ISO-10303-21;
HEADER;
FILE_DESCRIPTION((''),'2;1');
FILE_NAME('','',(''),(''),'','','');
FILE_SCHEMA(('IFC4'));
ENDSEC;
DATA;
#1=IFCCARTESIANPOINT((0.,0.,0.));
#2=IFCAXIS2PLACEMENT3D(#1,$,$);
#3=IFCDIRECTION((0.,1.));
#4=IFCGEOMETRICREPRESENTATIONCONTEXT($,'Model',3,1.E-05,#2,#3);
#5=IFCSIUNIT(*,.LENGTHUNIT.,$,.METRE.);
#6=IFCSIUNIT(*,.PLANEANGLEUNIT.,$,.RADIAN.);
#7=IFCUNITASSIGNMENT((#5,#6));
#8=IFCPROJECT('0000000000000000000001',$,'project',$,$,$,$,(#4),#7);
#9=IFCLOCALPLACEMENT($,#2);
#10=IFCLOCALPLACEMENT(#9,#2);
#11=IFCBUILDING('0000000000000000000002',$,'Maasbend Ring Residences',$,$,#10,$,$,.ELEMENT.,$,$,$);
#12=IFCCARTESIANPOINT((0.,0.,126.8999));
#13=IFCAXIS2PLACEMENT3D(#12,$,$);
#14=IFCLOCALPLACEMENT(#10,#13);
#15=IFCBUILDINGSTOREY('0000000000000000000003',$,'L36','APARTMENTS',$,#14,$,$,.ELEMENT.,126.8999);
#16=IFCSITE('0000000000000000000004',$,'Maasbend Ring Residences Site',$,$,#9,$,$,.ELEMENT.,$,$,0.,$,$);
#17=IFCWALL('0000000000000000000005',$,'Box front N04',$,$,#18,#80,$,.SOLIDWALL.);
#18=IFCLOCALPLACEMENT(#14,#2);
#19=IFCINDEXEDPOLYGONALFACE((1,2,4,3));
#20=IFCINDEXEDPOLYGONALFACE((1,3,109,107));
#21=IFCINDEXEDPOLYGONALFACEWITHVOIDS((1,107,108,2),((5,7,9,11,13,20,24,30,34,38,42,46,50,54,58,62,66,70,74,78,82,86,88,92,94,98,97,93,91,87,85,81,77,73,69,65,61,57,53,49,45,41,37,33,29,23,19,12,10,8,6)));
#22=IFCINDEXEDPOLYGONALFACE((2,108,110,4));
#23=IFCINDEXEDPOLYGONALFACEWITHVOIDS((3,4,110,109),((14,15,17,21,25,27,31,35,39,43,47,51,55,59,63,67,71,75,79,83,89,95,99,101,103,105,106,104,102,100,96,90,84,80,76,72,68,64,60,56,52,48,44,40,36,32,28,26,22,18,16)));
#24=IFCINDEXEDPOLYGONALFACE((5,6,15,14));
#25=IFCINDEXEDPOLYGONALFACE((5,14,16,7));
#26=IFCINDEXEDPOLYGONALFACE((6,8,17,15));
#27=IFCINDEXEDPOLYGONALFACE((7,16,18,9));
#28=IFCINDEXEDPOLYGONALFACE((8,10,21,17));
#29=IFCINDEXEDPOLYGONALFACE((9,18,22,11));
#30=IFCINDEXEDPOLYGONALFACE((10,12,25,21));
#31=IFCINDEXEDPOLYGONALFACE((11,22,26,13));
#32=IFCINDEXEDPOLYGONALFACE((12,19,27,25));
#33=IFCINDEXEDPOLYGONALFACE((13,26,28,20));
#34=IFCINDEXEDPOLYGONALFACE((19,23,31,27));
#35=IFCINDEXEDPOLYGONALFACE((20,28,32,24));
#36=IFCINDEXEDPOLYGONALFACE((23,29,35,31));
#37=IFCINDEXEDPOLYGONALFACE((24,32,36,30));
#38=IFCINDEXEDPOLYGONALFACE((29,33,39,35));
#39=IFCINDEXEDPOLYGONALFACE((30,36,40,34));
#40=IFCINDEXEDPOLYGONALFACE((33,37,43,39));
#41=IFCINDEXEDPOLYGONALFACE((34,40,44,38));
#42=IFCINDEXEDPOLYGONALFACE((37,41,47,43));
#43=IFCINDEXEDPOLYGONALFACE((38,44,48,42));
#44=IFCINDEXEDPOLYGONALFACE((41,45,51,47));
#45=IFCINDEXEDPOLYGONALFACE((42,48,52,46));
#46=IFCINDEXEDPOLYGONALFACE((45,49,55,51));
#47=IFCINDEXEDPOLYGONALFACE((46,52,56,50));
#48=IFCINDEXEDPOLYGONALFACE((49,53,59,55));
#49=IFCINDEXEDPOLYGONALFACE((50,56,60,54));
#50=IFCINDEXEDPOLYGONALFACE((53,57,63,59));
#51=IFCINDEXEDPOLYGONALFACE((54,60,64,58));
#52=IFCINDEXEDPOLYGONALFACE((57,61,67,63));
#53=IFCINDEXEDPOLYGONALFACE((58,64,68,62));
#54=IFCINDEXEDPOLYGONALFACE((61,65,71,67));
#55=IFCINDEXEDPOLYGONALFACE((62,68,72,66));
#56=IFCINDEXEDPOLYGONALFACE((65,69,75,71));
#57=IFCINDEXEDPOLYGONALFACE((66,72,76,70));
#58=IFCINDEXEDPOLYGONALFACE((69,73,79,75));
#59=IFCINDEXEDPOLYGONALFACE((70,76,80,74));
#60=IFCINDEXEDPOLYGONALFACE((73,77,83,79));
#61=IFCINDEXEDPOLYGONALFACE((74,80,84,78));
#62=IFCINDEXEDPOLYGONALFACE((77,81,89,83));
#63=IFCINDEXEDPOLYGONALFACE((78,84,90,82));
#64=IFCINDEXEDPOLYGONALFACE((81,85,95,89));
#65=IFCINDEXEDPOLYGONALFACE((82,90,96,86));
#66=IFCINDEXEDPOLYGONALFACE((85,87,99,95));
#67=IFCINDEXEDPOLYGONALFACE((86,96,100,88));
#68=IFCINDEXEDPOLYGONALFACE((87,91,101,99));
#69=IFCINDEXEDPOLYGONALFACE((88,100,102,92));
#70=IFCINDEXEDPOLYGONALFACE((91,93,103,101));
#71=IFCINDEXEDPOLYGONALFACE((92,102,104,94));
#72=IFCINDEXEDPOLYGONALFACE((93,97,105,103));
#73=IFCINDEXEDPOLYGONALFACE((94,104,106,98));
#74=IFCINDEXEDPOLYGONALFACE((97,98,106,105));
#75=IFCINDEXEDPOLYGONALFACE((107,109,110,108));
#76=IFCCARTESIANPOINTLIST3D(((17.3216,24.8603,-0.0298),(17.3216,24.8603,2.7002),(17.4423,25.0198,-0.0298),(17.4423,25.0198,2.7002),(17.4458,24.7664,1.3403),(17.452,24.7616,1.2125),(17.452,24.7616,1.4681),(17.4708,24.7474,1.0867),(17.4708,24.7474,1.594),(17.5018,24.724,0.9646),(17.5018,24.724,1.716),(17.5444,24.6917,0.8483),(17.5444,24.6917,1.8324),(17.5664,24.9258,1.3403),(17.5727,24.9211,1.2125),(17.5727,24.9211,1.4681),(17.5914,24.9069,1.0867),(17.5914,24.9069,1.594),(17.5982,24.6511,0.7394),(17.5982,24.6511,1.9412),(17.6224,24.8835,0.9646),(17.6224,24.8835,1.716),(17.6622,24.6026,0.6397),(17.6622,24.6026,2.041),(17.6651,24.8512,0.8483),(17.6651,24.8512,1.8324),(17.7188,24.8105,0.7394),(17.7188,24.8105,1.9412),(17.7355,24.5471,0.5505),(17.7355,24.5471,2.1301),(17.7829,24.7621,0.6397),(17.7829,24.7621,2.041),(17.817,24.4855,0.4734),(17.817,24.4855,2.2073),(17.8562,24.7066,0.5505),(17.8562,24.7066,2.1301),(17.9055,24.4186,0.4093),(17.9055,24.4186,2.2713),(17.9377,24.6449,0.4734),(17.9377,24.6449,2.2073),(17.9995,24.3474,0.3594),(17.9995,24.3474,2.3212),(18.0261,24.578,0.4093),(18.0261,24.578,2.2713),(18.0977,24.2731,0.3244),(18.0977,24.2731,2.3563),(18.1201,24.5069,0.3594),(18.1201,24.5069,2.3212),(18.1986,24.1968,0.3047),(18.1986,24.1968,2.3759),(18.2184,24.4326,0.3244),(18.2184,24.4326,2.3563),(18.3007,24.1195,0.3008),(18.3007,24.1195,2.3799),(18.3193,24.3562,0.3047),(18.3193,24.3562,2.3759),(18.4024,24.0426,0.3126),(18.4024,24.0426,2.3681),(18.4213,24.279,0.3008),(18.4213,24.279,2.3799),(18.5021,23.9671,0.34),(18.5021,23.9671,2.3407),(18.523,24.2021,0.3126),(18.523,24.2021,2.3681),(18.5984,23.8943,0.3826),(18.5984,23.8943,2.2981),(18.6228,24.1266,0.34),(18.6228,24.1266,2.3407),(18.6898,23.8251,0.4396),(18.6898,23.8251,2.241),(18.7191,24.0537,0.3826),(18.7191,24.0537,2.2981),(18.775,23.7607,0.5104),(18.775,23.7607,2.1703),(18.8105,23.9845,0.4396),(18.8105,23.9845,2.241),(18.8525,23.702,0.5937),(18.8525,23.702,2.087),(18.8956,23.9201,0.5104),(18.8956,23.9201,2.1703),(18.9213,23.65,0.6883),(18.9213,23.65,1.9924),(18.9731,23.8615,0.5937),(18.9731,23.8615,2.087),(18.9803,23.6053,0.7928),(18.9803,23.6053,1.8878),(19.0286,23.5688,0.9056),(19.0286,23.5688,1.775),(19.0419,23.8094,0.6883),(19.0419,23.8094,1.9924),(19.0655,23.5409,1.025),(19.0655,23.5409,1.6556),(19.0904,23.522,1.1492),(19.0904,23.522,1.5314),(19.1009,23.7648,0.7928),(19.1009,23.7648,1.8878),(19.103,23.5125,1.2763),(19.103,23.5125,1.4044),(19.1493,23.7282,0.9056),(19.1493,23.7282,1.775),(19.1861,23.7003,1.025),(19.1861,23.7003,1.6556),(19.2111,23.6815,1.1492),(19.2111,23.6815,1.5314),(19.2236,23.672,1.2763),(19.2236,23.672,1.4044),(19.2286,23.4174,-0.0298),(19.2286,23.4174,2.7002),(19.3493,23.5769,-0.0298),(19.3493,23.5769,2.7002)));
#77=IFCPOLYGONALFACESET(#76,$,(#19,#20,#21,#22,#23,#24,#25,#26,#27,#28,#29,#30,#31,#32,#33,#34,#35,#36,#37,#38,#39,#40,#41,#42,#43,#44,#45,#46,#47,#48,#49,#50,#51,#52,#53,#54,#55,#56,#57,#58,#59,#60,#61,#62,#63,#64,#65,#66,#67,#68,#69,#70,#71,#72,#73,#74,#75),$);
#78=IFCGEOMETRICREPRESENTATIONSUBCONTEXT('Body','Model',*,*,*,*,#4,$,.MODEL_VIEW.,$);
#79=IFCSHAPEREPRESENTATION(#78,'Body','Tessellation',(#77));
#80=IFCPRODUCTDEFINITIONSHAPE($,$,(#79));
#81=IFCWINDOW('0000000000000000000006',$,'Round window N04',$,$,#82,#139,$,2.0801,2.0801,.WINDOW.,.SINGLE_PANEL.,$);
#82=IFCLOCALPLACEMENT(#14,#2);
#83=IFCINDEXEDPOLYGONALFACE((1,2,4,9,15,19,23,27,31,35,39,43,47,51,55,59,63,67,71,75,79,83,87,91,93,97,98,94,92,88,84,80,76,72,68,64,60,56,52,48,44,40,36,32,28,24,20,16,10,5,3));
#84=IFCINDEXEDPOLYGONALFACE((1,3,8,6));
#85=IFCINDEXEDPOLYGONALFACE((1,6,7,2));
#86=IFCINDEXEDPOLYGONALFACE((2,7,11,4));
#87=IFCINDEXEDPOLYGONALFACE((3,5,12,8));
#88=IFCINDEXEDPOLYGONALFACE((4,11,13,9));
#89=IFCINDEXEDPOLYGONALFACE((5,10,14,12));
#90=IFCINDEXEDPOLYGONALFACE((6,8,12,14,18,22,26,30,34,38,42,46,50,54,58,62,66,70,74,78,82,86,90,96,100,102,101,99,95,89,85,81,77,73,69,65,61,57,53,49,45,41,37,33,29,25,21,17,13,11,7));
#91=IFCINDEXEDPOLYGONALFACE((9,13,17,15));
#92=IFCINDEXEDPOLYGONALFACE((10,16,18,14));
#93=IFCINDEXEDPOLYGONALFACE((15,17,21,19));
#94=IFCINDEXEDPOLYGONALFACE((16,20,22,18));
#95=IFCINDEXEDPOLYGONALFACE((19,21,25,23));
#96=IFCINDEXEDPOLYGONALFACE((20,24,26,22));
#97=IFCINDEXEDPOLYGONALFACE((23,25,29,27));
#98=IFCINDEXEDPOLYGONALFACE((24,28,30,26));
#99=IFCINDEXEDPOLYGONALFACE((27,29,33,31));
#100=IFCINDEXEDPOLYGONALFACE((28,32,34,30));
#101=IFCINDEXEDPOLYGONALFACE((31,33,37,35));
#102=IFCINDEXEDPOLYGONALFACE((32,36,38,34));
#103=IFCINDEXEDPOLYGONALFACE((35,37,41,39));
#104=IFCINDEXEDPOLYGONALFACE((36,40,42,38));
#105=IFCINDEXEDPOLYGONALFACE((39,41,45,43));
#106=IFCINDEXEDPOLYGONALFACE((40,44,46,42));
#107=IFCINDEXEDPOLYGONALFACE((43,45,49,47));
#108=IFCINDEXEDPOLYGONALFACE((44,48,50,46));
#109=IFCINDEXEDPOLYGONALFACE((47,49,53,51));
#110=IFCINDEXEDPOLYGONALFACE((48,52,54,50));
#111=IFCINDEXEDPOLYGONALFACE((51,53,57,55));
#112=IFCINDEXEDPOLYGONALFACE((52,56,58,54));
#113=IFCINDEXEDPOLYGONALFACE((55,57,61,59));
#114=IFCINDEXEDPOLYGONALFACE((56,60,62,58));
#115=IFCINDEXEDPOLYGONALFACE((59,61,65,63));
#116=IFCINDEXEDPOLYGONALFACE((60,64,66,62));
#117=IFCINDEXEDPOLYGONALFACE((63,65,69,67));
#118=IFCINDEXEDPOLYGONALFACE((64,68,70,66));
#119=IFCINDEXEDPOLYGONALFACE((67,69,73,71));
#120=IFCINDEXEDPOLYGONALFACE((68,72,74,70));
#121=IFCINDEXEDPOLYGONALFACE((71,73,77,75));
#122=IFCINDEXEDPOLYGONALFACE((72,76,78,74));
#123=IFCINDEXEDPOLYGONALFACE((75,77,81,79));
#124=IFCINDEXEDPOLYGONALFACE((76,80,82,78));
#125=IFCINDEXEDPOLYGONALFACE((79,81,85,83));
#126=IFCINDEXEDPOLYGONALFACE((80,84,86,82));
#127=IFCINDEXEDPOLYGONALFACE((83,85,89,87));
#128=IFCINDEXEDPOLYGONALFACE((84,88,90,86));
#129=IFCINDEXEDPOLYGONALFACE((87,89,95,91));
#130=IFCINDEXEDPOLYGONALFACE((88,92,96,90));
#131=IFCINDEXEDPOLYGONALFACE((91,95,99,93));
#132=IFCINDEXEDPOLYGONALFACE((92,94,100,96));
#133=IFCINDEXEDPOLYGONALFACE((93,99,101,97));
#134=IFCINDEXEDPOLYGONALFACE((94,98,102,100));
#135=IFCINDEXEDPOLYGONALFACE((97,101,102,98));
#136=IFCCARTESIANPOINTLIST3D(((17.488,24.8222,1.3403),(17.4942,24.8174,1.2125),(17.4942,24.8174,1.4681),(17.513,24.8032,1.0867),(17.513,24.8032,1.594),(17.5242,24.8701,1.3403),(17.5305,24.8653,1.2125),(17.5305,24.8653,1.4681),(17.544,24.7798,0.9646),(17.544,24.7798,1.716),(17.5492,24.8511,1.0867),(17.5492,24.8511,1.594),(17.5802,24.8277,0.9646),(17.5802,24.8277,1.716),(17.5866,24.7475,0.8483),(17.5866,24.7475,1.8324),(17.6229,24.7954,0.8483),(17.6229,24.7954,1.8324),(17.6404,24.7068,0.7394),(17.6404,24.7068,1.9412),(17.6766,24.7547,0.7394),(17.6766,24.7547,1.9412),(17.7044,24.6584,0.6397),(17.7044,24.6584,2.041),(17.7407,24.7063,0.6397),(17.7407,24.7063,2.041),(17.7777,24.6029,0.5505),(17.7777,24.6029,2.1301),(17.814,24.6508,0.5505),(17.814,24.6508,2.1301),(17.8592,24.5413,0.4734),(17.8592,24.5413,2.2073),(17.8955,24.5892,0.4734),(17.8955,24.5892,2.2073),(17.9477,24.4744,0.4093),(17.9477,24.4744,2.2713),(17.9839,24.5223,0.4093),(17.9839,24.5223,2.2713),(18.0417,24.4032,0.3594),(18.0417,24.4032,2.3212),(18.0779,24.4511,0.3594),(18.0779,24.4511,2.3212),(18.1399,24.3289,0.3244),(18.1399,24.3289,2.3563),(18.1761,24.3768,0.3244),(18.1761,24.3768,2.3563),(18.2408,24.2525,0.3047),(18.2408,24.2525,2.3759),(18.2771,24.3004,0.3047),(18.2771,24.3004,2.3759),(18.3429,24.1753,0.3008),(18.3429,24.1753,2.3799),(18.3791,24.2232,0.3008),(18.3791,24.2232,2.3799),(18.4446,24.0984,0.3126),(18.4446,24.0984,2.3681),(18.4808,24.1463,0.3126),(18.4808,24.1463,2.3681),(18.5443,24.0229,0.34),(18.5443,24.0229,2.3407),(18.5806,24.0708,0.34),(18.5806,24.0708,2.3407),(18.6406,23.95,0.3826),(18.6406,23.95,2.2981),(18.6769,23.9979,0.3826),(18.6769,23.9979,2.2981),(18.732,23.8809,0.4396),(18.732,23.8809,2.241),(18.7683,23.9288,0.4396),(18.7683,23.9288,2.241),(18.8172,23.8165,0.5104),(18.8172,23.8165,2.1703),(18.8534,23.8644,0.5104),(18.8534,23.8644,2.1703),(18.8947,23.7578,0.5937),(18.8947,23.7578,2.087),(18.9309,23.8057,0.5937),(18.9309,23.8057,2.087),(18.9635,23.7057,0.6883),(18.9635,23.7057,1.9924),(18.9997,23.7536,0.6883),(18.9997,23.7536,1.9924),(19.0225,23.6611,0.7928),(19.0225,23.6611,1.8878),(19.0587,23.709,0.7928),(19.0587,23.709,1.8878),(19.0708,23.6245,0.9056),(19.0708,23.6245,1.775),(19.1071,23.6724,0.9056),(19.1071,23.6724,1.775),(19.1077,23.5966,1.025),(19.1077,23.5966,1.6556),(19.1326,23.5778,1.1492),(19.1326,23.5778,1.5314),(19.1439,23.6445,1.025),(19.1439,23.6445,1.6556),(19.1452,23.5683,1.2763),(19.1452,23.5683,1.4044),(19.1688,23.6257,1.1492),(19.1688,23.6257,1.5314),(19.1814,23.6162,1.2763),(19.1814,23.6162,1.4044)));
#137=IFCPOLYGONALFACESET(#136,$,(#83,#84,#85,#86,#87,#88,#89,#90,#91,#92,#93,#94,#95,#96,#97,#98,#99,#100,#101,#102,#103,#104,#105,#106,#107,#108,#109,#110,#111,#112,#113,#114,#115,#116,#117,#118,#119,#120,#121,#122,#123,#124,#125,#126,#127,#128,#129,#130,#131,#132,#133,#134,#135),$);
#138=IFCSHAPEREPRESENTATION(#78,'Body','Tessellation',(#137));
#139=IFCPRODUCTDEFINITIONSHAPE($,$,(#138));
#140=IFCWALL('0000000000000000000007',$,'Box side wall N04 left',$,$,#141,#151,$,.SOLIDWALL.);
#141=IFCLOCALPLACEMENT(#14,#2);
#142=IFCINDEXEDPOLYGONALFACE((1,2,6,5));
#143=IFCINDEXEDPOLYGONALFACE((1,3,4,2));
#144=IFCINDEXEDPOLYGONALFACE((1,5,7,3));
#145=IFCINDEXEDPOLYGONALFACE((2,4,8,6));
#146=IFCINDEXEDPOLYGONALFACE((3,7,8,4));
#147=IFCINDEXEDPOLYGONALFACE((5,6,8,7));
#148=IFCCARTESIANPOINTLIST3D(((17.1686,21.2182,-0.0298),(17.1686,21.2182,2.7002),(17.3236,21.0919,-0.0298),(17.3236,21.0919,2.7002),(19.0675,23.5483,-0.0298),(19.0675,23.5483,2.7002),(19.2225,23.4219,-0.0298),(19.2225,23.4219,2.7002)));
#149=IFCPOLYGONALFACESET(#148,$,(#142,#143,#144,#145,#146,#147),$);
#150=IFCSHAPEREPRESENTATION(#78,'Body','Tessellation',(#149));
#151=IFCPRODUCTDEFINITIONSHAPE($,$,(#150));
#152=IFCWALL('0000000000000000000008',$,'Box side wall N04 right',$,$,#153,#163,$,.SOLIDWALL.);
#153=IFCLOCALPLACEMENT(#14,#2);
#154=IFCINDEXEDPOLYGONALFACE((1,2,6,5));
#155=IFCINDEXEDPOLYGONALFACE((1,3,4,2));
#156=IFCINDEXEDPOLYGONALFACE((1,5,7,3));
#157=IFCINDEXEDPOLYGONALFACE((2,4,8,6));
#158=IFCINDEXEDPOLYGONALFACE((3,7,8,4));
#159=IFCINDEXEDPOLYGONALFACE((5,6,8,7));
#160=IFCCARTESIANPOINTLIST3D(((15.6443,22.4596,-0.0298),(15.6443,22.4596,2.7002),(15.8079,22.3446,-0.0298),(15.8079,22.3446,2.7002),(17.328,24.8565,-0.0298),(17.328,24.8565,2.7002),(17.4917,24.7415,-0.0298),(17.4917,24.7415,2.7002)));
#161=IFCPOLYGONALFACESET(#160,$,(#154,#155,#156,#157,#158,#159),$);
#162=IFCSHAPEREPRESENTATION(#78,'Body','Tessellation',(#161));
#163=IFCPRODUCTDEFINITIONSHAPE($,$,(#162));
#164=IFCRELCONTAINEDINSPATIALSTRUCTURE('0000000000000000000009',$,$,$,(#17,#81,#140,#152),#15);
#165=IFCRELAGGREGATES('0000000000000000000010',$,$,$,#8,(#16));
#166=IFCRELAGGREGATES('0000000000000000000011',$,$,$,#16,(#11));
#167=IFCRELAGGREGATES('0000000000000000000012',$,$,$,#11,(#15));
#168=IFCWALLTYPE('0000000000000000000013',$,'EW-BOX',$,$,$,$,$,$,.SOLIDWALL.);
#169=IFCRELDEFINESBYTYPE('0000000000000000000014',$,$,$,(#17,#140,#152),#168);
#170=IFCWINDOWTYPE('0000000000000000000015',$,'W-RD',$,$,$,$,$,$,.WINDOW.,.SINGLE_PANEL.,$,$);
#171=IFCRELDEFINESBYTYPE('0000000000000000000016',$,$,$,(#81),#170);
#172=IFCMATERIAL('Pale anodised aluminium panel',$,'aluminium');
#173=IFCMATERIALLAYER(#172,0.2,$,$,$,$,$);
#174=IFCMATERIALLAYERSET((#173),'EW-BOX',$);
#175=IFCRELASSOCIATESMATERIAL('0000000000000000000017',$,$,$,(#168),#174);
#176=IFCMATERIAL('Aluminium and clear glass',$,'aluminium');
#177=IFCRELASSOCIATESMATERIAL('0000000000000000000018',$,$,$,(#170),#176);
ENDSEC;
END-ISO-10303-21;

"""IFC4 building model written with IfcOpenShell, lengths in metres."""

from ifc_helpers import new_model, si_unit, direction, frame, frame_2d, origin, place, context, subcontext, project, spatial, rectangle, circle, extrude, material, layer, layer_set, type_object, element, fill, save


model = new_model("IFC4")

# Units and contexts
model_context = context("Model", 3, precision=1e-05, world=origin(), true_north=direction((0.0, 1.0)))
body_context = subcontext(model_context, "Body", "Model", "MODEL_VIEW")
ifc_project = project(units=[si_unit("LENGTHUNIT", "METRE"), si_unit("PLANEANGLEUNIT", "RADIAN")], contexts=[model_context])

# Site, building, storey
site_placement = place(None, origin())
site = spatial("IfcSite", under=ifc_project, at=site_placement, Name="Maasbend Ring Residences Site", CompositionType="ELEMENT", RefElevation=0.0)
building_placement = place(site_placement, origin())
building = spatial("IfcBuilding", under=site, at=building_placement, Name="Maasbend Ring Residences", CompositionType="ELEMENT")
storey_placement = place(building_placement, frame((0.0, 0.0, 126.8999)))
storey = spatial("IfcBuildingStorey", under=building, at=storey_placement, Name="L36", Description="APARTMENTS", CompositionType="ELEMENT", Elevation=126.8999)

# Shared definitions
ifc_material_1 = material(Name="Pale anodised aluminium panel", Category="aluminium")
ifc_layer_1 = layer(ifc_material_1, 0.2)
ifc_layer_set_1 = layer_set([ifc_layer_1], Name="EW-BOX")
wall_type_1 = type_object("IfcWallType", Name="EW-BOX", PredefinedType="SOLIDWALL", material=ifc_layer_set_1)
ifc_material_2 = material(Name="Aluminium and clear glass", Category="aluminium")
window_type_1 = type_object("IfcWindowType", Name="W-RD", PartitioningType="SINGLE_PANEL", PredefinedType="WINDOW", material=ifc_material_2)

# Wall, opening, window
wall_1_placement = place(storey_placement, frame((19.2891, 23.4971, -0.0298), z_axis=(0.0, 0.0, 1.0), x_axis=(-0.797457, 0.603376, 0.0)))
wall_1 = element("IfcWall", 1, at=wall_1_placement, inside=storey, type_object=wall_type_1, Name="Box front N04", PredefinedType="SOLIDWALL", context=body_context, shape_type="SweptSolid", body=[
    extrude(rectangle(XDim=2.3914, YDim=0.2, at=frame_2d((1.1958, 0.0))), origin(), (0.0, 0.0, 1.0), 2.73),
])
opening_1_placement = place(wall_1_placement, frame((0.1558, 0.0, 0.3301)))
opening_1 = element("IfcOpeningElement", 2, at=opening_1_placement, cuts=wall_1, PredefinedType="OPENING", context=body_context, shape_type="SweptSolid", body=[
    extrude(circle(Radius=1.04, at=frame_2d((1.04, 1.04))), frame((0.0, 0.1099, 0.0), z_axis=(0.0, -1.0, 0.0), x_axis=(1.0, 0.0, 0.0)), (0.0, 0.0, 1.0), 0.22),
])
window_1_placement = place(opening_1_placement, origin())
window_1 = element("IfcWindow", 3, at=window_1_placement, inside=storey, type_object=window_type_1, Name="Round window N04", OverallHeight=2.0801, OverallWidth=2.0801, PartitioningType="SINGLE_PANEL", PredefinedType="WINDOW", context=body_context, shape_type="SweptSolid", body=[
    extrude(circle(Radius=1.04, at=frame_2d((1.04, 1.04))), frame((0.0, 0.03, 0.0), z_axis=(0.0, -1.0, 0.0), x_axis=(1.0, 0.0, 0.0)), (0.0, 0.0, 1.0), 0.0601),
])
fill(opening_1, window_1)

# Walls
wall_2_placement = place(storey_placement, frame((17.2461, 21.155, -0.0298), z_axis=(0.0, 0.0, 1.0), x_axis=(0.631742, 0.775179, 0.0)))
element("IfcWall", 4, at=wall_2_placement, inside=storey, type_object=wall_type_1, Name="Box side wall N04 left", PredefinedType="SOLIDWALL", context=body_context, shape_type="SweptSolid", body=[
    extrude(rectangle(XDim=3.0059, YDim=0.2, at=frame_2d((1.5029, 0.0))), origin(), (0.0, 0.0, 1.0), 2.73),
])
wall_3_placement = place(storey_placement, frame((15.7261, 22.4021, -0.0298), z_axis=(0.0, 0.0, 1.0), x_axis=(0.574826, 0.818275, 0.0)))
element("IfcWall", 5, at=wall_3_placement, inside=storey, type_object=wall_type_1, Name="Box side wall N04 right", PredefinedType="SOLIDWALL", context=body_context, shape_type="SweptSolid", body=[
    extrude(rectangle(XDim=2.9292, YDim=0.2, at=frame_2d((1.4646, 0.0))), origin(), (0.0, 0.0, 1.0), 2.73),
])

save(model, "model.ifc")
